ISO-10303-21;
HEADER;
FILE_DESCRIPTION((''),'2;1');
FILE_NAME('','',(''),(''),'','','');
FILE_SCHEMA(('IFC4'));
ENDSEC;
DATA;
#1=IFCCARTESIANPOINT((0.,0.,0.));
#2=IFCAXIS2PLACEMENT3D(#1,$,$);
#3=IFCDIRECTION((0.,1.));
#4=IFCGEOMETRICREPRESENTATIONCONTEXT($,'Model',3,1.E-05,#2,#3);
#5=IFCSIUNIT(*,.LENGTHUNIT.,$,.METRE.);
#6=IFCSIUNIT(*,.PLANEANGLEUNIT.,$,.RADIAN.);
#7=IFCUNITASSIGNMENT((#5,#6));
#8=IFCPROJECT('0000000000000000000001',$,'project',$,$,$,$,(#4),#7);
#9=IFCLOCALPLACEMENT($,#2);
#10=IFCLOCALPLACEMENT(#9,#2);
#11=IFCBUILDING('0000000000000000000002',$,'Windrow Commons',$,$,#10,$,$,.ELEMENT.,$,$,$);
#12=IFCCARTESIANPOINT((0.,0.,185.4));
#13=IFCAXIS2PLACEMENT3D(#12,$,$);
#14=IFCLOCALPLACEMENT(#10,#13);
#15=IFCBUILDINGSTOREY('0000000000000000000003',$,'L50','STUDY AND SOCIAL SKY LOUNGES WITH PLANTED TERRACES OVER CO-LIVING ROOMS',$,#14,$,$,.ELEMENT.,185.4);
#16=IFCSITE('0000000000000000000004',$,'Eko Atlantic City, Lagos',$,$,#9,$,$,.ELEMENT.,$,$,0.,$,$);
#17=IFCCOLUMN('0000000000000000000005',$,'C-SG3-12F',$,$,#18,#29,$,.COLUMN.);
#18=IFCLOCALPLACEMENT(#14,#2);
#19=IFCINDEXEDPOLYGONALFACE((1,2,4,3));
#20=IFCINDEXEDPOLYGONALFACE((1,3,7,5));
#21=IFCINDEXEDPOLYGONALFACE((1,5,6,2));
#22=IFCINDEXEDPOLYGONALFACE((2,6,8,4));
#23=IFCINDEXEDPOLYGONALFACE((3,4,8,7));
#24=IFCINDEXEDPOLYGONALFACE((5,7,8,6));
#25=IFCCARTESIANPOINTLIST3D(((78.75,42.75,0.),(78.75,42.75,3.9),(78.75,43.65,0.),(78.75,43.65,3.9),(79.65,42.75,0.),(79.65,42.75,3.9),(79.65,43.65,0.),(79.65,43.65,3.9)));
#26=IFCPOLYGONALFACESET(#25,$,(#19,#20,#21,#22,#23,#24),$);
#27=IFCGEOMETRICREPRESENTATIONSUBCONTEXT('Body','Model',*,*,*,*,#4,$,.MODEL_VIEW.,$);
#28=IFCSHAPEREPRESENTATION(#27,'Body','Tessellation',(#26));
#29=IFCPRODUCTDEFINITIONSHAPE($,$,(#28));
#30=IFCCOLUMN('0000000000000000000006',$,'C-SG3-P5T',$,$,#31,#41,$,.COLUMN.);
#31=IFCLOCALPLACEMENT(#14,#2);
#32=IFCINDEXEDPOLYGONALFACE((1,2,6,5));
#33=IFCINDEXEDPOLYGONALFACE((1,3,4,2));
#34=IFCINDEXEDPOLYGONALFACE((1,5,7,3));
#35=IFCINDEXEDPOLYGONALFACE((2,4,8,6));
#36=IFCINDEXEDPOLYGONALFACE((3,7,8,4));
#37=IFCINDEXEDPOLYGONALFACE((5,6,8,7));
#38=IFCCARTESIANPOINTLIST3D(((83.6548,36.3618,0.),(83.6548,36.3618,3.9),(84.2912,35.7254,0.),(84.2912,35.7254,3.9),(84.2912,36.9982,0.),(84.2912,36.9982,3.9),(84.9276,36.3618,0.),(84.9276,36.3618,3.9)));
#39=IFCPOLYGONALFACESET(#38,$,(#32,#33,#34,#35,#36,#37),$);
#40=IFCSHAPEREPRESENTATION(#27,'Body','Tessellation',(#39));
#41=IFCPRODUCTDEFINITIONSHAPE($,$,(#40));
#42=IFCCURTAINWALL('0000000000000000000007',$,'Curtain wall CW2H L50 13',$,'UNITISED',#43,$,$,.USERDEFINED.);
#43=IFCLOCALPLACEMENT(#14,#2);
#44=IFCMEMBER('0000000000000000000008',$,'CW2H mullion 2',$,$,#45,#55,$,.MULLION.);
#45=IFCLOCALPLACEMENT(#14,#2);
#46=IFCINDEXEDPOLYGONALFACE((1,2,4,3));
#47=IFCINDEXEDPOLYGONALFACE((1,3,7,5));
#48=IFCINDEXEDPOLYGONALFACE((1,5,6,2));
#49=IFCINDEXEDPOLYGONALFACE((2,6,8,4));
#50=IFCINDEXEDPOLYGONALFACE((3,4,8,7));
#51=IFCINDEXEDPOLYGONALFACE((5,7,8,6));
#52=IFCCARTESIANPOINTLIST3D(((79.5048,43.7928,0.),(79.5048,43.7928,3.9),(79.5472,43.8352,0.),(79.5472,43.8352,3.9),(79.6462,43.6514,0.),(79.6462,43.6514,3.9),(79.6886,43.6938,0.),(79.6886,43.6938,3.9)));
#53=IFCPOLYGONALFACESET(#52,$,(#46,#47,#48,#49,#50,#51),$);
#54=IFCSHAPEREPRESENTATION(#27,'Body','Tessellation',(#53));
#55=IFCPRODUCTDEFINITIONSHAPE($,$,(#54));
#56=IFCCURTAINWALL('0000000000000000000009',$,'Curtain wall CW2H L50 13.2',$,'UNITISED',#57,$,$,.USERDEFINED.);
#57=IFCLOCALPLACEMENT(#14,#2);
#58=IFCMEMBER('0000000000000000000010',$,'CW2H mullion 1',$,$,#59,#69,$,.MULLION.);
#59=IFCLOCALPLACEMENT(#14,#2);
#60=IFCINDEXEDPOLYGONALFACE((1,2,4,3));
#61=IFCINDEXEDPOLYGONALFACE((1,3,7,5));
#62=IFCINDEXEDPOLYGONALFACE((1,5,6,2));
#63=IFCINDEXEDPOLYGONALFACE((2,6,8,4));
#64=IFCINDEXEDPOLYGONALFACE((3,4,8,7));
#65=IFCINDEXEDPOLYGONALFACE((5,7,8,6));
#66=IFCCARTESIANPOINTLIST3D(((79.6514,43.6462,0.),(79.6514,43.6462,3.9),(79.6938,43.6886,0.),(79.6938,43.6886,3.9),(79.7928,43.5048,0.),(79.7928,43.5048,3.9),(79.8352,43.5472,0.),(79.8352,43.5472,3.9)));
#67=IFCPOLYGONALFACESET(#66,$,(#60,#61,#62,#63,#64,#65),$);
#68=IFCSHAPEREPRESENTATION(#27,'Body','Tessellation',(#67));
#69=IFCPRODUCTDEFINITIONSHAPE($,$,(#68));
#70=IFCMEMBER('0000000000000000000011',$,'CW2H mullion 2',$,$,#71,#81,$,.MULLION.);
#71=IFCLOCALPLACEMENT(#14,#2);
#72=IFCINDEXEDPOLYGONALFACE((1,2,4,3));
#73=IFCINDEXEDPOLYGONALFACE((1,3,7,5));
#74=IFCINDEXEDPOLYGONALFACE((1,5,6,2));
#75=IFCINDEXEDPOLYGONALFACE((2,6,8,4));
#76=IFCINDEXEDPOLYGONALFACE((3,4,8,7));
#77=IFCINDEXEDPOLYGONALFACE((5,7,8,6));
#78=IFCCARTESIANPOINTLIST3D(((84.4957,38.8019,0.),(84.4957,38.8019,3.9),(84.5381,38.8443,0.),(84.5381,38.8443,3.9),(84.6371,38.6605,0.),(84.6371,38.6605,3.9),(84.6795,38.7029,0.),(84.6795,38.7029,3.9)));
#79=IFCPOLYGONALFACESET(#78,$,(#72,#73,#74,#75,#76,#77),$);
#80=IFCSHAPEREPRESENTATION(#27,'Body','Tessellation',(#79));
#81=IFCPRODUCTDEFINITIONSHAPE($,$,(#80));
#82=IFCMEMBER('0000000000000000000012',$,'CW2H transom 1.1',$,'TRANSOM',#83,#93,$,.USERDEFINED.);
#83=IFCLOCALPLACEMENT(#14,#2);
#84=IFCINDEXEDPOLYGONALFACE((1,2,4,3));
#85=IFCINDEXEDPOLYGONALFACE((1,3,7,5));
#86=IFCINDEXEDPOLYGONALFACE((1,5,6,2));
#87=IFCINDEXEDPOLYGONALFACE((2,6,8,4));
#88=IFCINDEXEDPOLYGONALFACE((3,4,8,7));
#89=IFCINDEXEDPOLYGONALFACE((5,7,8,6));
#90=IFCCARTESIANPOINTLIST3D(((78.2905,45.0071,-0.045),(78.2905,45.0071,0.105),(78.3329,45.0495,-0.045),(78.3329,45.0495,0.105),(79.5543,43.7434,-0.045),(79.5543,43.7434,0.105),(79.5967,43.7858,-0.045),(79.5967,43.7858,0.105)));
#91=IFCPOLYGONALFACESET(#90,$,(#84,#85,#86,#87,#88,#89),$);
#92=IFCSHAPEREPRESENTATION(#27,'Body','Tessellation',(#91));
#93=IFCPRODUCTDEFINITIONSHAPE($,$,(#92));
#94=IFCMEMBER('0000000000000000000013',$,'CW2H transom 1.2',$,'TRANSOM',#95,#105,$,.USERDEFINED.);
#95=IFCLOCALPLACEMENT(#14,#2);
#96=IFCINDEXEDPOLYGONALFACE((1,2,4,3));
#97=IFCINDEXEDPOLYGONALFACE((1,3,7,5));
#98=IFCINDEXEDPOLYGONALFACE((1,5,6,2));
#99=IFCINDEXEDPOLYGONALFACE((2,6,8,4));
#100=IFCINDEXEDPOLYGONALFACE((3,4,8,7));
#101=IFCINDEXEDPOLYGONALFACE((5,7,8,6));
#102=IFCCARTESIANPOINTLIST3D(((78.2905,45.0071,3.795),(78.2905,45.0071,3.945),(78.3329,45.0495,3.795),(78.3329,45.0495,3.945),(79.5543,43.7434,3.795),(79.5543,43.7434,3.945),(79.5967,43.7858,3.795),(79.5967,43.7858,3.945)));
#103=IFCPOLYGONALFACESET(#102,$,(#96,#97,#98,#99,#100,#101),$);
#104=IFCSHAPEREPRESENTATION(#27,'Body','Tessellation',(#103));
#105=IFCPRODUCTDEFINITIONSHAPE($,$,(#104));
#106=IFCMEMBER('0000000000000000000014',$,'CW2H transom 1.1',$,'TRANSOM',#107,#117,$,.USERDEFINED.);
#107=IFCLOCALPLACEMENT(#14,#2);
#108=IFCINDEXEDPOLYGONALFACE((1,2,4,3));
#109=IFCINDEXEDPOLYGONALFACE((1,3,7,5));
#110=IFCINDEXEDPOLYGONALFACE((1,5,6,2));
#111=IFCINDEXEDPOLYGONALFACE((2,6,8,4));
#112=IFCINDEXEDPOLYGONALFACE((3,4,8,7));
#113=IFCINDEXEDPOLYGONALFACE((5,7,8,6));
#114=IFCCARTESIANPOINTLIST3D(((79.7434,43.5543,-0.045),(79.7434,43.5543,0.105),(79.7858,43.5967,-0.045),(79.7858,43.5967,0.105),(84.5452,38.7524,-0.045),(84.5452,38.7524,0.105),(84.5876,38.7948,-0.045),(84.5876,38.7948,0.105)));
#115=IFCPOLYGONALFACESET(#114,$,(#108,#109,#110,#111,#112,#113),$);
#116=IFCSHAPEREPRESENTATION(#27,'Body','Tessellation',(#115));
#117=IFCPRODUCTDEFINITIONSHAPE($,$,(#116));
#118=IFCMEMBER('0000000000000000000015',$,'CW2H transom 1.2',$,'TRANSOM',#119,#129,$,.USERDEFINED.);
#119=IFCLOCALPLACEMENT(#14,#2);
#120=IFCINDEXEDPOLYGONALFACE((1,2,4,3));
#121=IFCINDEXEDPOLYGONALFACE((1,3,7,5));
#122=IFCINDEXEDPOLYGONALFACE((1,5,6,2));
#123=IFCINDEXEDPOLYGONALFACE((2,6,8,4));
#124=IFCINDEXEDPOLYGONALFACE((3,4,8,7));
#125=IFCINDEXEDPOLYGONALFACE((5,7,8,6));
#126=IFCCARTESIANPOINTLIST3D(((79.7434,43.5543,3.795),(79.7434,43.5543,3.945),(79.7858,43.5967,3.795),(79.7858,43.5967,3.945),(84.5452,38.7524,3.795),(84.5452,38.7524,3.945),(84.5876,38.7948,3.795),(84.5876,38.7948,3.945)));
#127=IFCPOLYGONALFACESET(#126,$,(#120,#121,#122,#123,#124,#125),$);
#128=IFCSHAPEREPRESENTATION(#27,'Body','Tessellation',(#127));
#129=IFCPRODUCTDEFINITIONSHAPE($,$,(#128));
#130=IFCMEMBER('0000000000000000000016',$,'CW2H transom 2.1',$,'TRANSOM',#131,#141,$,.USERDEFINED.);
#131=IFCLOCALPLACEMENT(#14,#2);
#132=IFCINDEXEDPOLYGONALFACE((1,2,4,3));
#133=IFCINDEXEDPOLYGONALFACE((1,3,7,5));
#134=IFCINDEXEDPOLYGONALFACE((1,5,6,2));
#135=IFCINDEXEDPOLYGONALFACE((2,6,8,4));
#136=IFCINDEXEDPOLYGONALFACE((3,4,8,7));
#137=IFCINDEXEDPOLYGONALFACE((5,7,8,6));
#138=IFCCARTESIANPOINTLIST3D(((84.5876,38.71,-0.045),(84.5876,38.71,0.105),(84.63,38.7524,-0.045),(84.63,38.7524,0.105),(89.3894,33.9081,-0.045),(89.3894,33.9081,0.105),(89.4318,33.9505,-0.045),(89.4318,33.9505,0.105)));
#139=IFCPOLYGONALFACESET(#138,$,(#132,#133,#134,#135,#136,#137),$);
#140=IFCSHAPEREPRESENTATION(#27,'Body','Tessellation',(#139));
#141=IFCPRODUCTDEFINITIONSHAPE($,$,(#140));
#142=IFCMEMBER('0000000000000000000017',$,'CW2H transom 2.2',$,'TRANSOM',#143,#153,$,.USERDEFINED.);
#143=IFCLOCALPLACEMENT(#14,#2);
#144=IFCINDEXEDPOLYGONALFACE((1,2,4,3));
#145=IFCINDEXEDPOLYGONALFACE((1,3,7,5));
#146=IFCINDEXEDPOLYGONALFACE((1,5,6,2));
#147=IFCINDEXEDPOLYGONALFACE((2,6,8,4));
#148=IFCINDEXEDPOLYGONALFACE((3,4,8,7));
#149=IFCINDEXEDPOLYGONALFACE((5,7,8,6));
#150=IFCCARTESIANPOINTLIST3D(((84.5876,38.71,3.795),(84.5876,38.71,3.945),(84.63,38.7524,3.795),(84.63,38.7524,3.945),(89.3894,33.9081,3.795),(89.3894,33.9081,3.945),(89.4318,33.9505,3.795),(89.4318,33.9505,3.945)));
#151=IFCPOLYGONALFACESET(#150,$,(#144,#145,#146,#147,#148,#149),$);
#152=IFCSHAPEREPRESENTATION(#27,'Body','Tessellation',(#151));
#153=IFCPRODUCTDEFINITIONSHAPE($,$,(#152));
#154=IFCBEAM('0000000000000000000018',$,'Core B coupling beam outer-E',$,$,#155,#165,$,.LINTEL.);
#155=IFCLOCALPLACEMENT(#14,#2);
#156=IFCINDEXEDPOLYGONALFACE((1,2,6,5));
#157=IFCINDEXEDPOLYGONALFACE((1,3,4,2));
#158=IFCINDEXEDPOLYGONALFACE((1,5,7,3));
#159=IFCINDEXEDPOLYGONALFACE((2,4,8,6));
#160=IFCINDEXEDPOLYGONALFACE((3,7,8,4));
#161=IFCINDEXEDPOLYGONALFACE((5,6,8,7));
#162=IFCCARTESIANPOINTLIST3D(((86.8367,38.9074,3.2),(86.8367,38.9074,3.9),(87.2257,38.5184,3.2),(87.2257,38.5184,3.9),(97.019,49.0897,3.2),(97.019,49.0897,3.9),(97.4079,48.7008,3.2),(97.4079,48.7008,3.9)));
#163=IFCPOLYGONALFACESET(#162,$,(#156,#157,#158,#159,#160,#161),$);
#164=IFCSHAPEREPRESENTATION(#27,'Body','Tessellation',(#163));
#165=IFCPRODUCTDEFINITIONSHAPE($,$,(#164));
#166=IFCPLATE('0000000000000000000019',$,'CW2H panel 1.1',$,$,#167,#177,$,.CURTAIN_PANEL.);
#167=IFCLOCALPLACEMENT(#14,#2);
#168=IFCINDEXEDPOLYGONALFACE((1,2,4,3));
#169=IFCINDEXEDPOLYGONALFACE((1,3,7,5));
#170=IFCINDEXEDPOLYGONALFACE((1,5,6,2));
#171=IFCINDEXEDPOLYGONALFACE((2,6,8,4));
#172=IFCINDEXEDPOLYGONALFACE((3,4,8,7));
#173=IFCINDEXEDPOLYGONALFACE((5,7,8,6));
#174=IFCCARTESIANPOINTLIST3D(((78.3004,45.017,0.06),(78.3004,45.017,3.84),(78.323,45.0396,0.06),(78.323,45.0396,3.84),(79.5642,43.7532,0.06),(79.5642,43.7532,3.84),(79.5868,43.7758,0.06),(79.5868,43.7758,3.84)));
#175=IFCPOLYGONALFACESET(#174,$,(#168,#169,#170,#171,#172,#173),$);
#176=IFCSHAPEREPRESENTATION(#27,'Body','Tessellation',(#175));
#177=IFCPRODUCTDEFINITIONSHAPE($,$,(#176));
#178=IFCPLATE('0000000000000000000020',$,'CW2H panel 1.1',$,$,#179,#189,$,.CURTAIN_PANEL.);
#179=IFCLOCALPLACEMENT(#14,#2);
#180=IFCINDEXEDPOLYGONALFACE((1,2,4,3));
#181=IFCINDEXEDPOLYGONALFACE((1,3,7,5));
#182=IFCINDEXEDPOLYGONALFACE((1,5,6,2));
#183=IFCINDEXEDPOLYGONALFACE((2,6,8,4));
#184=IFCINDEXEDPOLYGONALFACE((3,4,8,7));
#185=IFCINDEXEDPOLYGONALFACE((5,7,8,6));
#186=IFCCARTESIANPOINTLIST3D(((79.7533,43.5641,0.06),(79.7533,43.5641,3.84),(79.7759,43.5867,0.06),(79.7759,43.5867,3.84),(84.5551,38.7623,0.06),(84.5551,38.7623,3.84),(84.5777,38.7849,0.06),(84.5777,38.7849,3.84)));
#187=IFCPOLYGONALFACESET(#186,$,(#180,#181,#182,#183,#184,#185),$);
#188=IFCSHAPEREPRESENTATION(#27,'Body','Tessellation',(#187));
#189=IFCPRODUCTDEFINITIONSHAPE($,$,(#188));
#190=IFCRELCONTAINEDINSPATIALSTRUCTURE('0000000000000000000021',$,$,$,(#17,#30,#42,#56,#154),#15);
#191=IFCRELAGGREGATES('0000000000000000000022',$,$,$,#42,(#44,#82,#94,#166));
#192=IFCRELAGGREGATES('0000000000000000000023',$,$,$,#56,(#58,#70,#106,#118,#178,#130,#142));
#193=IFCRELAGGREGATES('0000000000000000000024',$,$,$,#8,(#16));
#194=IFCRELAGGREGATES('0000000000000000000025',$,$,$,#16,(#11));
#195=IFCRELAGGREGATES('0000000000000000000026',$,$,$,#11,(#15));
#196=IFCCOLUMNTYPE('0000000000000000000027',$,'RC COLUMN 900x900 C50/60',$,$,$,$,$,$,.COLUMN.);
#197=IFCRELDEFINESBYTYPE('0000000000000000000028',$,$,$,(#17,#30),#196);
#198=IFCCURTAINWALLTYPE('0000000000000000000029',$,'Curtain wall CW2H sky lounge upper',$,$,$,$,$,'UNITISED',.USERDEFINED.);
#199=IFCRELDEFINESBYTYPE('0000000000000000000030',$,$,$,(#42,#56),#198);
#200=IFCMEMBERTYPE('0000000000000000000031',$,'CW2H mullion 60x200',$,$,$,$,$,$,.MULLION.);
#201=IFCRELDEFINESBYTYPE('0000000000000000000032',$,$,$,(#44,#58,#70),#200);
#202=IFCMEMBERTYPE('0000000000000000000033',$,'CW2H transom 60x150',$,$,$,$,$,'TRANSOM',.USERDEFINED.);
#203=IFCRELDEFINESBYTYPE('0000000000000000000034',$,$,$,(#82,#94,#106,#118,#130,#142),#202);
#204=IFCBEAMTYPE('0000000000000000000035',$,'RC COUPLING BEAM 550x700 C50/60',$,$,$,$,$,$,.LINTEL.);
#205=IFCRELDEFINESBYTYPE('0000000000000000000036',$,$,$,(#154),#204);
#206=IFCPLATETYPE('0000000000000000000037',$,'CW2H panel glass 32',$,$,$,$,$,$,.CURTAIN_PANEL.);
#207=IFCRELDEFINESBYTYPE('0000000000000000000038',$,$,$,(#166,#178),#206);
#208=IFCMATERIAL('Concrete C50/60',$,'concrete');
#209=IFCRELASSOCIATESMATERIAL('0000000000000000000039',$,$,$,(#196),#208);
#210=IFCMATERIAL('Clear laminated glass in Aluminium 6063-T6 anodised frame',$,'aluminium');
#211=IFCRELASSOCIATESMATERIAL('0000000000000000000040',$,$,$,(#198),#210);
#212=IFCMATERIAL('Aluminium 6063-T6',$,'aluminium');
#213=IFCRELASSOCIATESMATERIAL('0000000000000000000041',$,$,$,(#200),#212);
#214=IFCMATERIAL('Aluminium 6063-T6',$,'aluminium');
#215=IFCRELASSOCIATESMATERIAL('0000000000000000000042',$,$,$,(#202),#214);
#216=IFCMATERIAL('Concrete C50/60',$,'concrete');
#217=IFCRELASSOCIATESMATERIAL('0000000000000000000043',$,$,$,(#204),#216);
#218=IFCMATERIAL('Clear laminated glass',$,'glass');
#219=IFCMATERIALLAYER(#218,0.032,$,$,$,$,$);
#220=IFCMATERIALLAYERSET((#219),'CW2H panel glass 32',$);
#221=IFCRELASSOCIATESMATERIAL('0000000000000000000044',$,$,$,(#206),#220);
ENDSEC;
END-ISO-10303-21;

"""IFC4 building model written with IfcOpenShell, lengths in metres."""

from ifc_helpers import new_model, si_unit, direction, frame, origin, origin_2d, place, context, subcontext, project, spatial, rectangle, extrude, material, layer, layer_set, material_profile, profile_set, type_object, element, aggregate, save


model = new_model("IFC4")

# Units and contexts
model_context = context("Model", 3, precision=1e-05, world=origin(), true_north=direction((0.0, 1.0)))
body_context = subcontext(model_context, "Body", "Model", "MODEL_VIEW")
ifc_project = project(units=[si_unit("LENGTHUNIT", "METRE"), si_unit("PLANEANGLEUNIT", "RADIAN")], contexts=[model_context])

# Site, building, storey
site_placement = place(None, origin())
site = spatial("IfcSite", under=ifc_project, at=site_placement, Name="Eko Atlantic City, Lagos", CompositionType="ELEMENT", RefElevation=0.0)
building_placement = place(site_placement, origin())
building = spatial("IfcBuilding", under=site, at=building_placement, Name="Windrow Commons", CompositionType="ELEMENT")
storey_placement = place(building_placement, frame((0.0, 0.0, 185.4)))
storey = spatial("IfcBuildingStorey", under=building, at=storey_placement, Name="L50", Description="STUDY AND SOCIAL SKY LOUNGES WITH PLANTED TERRACES OVER CO-LIVING ROOMS", CompositionType="ELEMENT", Elevation=185.4)

# Columns
ifc_material_1 = material(Name="Concrete C50/60", Category="concrete")
ifc_material_profile_1 = material_profile(ifc_material_1, rectangle(XDim=0.9, YDim=0.9, at=origin_2d()))
ifc_profile_set_1 = profile_set([ifc_material_profile_1], Name="Concrete C50/60")
column_type = type_object("IfcColumnType", Name="RC COLUMN 900x900 C50/60", PredefinedType="COLUMN", material=ifc_profile_set_1)
for number, where, z_axis, x_axis, name in (
    (1, (79.2, 43.2, 0.0), (0.0, 0.0, 1.0), (1.0, 0.0, 0.0), "C-SG3-12F"),
    (2, (84.2912, 36.3618, 0.0), (0.0, 0.0, 1.0), (0.707107, -0.707107, 0.0), "C-SG3-P5T"),
):
    element("IfcColumn", number, at=place(storey_placement, frame(where, z_axis=z_axis, x_axis=x_axis)), inside=storey, type_object=column_type, Name=name, PredefinedType="COLUMN", context=body_context, shape_type="SweptSolid", body=[
        extrude(rectangle(XDim=0.9, YDim=0.9, at=origin_2d()), origin(), (0.0, 0.0, 1.0), 3.9),
    ])

# Curtain wall, member
ifc_material_2 = material(Name="Clear laminated glass in Aluminium 6063-T6 anodised frame", Category="aluminium")
curtain_wall_type = type_object("IfcCurtainWallType", Name="Curtain wall CW2H sky lounge upper", ElementType="UNITISED", PredefinedType="USERDEFINED", material=ifc_material_2)
placement = place(storey_placement, origin())
curtain_wall_1 = element("IfcCurtainWall", 3, at=placement, inside=storey, type_object=curtain_wall_type, Name="Curtain wall CW2H L50 13", ObjectType="UNITISED", PredefinedType="USERDEFINED")
ifc_material_3 = material(Name="Aluminium 6063-T6", Category="aluminium")
ifc_material_profile_2 = material_profile(ifc_material_3, rectangle(XDim=0.06, YDim=0.2, at=origin_2d()))
ifc_profile_set_2 = profile_set([ifc_material_profile_2], Name="Aluminium 6063-T6")
member_type_1 = type_object("IfcMemberType", Name="CW2H mullion 60x200", PredefinedType="MULLION", material=ifc_profile_set_2)
member_1_placement = place(storey_placement, frame((79.5967, 43.7433, 0.0), z_axis=(0.0, 0.0, 1.0), x_axis=(0.70711, 0.707104, 0.0)))
member_1 = element("IfcMember", 4, at=member_1_placement, type_object=member_type_1, Name="CW2H mullion 2", PredefinedType="MULLION", context=body_context, shape_type="SweptSolid", body=[
    extrude(rectangle(XDim=0.06, YDim=0.2, at=origin_2d()), origin(), (0.0, 0.0, 1.0), 3.9),
])

# Curtain wall, members
curtain_wall_2 = element("IfcCurtainWall", 5, at=placement, inside=storey, type_object=curtain_wall_type, Name="Curtain wall CW2H L50 13.2", ObjectType="UNITISED", PredefinedType="USERDEFINED")
member_2_placement = place(storey_placement, frame((79.7433, 43.5967, 0.0), z_axis=(0.0, 0.0, 1.0), x_axis=(0.70711, 0.707104, 0.0)))
member_2 = element("IfcMember", 6, at=member_2_placement, type_object=member_type_1, Name="CW2H mullion 1", PredefinedType="MULLION", context=body_context, shape_type="SweptSolid", body=[
    extrude(rectangle(XDim=0.06, YDim=0.2, at=origin_2d()), origin(), (0.0, 0.0, 1.0), 3.9),
])
member_3_placement = place(storey_placement, frame((84.5876, 38.7524, 0.0), z_axis=(0.0, 0.0, 1.0), x_axis=(0.70711, 0.707104, 0.0)))
member_3 = element("IfcMember", 7, at=member_3_placement, type_object=member_type_1, Name="CW2H mullion 2", PredefinedType="MULLION", context=body_context, shape_type="SweptSolid", body=[
    extrude(rectangle(XDim=0.06, YDim=0.2, at=origin_2d()), origin(), (0.0, 0.0, 1.0), 3.9),
])

# Members
ifc_material_4 = material(Name="Aluminium 6063-T6", Category="aluminium")
ifc_material_profile_3 = material_profile(ifc_material_4, rectangle(XDim=0.06, YDim=0.15, at=origin_2d()))
ifc_profile_set_3 = profile_set([ifc_material_profile_3], Name="Aluminium 6063-T6")
member_type_2 = type_object("IfcMemberType", Name="CW2H transom 60x150", ElementType="TRANSOM", PredefinedType="USERDEFINED", material=ifc_profile_set_3)
member_4_placement = place(storey_placement, frame((78.3117, 45.0283, 0.03), z_axis=(0.707135, -0.707079, 0.0), x_axis=(0.707079, 0.707135, 0.0)))
member_4 = element("IfcMember", 8, at=member_4_placement, type_object=member_type_2, Name="CW2H transom 1.1", ObjectType="TRANSOM", PredefinedType="USERDEFINED", context=body_context, shape_type="SweptSolid", body=[
    extrude(rectangle(XDim=0.06, YDim=0.15, at=origin_2d()), origin(), (0.0, 0.0, 1.0), 1.7872),
])
member_5_placement = place(storey_placement, frame((78.3117, 45.0283, 3.87), z_axis=(0.707135, -0.707079, 0.0), x_axis=(0.707079, 0.707135, 0.0)))
member_5 = element("IfcMember", 9, at=member_5_placement, type_object=member_type_2, Name="CW2H transom 1.2", ObjectType="TRANSOM", PredefinedType="USERDEFINED", context=body_context, shape_type="SweptSolid", body=[
    extrude(rectangle(XDim=0.06, YDim=0.15, at=origin_2d()), origin(), (0.0, 0.0, 1.0), 1.7872),
])
member_6_placement = place(storey_placement, frame((79.7646, 43.5755, 0.03), z_axis=(0.707099, -0.707114, 0.0), x_axis=(0.707114, 0.707099, 0.0)))
member_6 = element("IfcMember", 10, at=member_6_placement, type_object=member_type_2, Name="CW2H transom 1.1", ObjectType="TRANSOM", PredefinedType="USERDEFINED", context=body_context, shape_type="SweptSolid", body=[
    extrude(rectangle(XDim=0.06, YDim=0.15, at=origin_2d()), origin(), (0.0, 0.0, 1.0), 6.7908),
])
member_7_placement = place(storey_placement, frame((79.7646, 43.5755, 3.87), z_axis=(0.707099, -0.707114, 0.0), x_axis=(0.707114, 0.707099, 0.0)))
member_7 = element("IfcMember", 11, at=member_7_placement, type_object=member_type_2, Name="CW2H transom 1.2", ObjectType="TRANSOM", PredefinedType="USERDEFINED", context=body_context, shape_type="SweptSolid", body=[
    extrude(rectangle(XDim=0.06, YDim=0.15, at=origin_2d()), origin(), (0.0, 0.0, 1.0), 6.7908),
])
member_8_placement = place(storey_placement, frame((84.6088, 38.7312, 0.03), z_axis=(0.707099, -0.707114, 0.0), x_axis=(0.707114, 0.707099, 0.0)))
member_8 = element("IfcMember", 12, at=member_8_placement, type_object=member_type_2, Name="CW2H transom 2.1", ObjectType="TRANSOM", PredefinedType="USERDEFINED", context=body_context, shape_type="SweptSolid", body=[
    extrude(rectangle(XDim=0.06, YDim=0.15, at=origin_2d()), origin(), (0.0, 0.0, 1.0), 6.7908),
])
member_9_placement = place(storey_placement, frame((84.6088, 38.7312, 3.87), z_axis=(0.707099, -0.707114, 0.0), x_axis=(0.707114, 0.707099, 0.0)))
member_9 = element("IfcMember", 13, at=member_9_placement, type_object=member_type_2, Name="CW2H transom 2.2", ObjectType="TRANSOM", PredefinedType="USERDEFINED", context=body_context, shape_type="SweptSolid", body=[
    extrude(rectangle(XDim=0.06, YDim=0.15, at=origin_2d()), origin(), (0.0, 0.0, 1.0), 6.7908),
])

# Beam
ifc_material_5 = material(Name="Concrete C50/60", Category="concrete")
ifc_material_profile_4 = material_profile(ifc_material_5, rectangle(XDim=0.55, YDim=0.7, at=origin_2d()))
ifc_profile_set_4 = profile_set([ifc_material_profile_4], Name="Concrete C50/60")
beam_type = type_object("IfcBeamType", Name="RC COUPLING BEAM 550x700 C50/60", PredefinedType="LINTEL", material=ifc_profile_set_4)
beam_placement = place(storey_placement, frame((87.0312, 38.7129, 3.55), z_axis=(0.707103, 0.70711, 0.0), x_axis=(-0.70711, 0.707103, 0.0)))
element("IfcBeam", 14, at=beam_placement, inside=storey, type_object=beam_type, Name="Core B coupling beam outer-E", PredefinedType="LINTEL", context=body_context, shape_type="SweptSolid", body=[
    extrude(rectangle(XDim=0.55, YDim=0.7, at=origin_2d()), origin(), (0.0, 0.0, 1.0), 14.4),
])

# Plates
ifc_material_6 = material(Name="Clear laminated glass", Category="glass")
ifc_layer_1 = layer(ifc_material_6, 0.032)
ifc_layer_set_1 = layer_set([ifc_layer_1], Name="CW2H panel glass 32")
plate_type = type_object("IfcPlateType", Name="CW2H panel glass 32", PredefinedType="CURTAIN_PANEL", material=ifc_layer_set_1)
plate_1_placement = place(storey_placement, frame((78.9436, 44.3964, 0.06), z_axis=(0.0, 0.0, 1.0), x_axis=(0.707104, -0.70711, 0.0)))
plate_1 = element("IfcPlate", 15, at=plate_1_placement, type_object=plate_type, Name="CW2H panel 1.1", PredefinedType="CURTAIN_PANEL", context=body_context, shape_type="SweptSolid", body=[
    extrude(rectangle(XDim=1.7872, YDim=0.032, at=origin_2d()), origin(), (0.0, 0.0, 1.0), 3.78),
])
aggregate(curtain_wall_1, [member_1, member_4, member_5, plate_1])
plate_2_placement = place(storey_placement, frame((82.1655, 41.1745, 0.06), z_axis=(0.0, 0.0, 1.0), x_axis=(0.707104, -0.70711, 0.0)))
plate_2 = element("IfcPlate", 16, at=plate_2_placement, type_object=plate_type, Name="CW2H panel 1.1", PredefinedType="CURTAIN_PANEL", context=body_context, shape_type="SweptSolid", body=[
    extrude(rectangle(XDim=6.7908, YDim=0.032, at=origin_2d()), origin(), (0.0, 0.0, 1.0), 3.78),
])
aggregate(curtain_wall_2, [member_2, member_3, member_6, member_7, plate_2, member_8, member_9])

save(model, "model.ifc")
